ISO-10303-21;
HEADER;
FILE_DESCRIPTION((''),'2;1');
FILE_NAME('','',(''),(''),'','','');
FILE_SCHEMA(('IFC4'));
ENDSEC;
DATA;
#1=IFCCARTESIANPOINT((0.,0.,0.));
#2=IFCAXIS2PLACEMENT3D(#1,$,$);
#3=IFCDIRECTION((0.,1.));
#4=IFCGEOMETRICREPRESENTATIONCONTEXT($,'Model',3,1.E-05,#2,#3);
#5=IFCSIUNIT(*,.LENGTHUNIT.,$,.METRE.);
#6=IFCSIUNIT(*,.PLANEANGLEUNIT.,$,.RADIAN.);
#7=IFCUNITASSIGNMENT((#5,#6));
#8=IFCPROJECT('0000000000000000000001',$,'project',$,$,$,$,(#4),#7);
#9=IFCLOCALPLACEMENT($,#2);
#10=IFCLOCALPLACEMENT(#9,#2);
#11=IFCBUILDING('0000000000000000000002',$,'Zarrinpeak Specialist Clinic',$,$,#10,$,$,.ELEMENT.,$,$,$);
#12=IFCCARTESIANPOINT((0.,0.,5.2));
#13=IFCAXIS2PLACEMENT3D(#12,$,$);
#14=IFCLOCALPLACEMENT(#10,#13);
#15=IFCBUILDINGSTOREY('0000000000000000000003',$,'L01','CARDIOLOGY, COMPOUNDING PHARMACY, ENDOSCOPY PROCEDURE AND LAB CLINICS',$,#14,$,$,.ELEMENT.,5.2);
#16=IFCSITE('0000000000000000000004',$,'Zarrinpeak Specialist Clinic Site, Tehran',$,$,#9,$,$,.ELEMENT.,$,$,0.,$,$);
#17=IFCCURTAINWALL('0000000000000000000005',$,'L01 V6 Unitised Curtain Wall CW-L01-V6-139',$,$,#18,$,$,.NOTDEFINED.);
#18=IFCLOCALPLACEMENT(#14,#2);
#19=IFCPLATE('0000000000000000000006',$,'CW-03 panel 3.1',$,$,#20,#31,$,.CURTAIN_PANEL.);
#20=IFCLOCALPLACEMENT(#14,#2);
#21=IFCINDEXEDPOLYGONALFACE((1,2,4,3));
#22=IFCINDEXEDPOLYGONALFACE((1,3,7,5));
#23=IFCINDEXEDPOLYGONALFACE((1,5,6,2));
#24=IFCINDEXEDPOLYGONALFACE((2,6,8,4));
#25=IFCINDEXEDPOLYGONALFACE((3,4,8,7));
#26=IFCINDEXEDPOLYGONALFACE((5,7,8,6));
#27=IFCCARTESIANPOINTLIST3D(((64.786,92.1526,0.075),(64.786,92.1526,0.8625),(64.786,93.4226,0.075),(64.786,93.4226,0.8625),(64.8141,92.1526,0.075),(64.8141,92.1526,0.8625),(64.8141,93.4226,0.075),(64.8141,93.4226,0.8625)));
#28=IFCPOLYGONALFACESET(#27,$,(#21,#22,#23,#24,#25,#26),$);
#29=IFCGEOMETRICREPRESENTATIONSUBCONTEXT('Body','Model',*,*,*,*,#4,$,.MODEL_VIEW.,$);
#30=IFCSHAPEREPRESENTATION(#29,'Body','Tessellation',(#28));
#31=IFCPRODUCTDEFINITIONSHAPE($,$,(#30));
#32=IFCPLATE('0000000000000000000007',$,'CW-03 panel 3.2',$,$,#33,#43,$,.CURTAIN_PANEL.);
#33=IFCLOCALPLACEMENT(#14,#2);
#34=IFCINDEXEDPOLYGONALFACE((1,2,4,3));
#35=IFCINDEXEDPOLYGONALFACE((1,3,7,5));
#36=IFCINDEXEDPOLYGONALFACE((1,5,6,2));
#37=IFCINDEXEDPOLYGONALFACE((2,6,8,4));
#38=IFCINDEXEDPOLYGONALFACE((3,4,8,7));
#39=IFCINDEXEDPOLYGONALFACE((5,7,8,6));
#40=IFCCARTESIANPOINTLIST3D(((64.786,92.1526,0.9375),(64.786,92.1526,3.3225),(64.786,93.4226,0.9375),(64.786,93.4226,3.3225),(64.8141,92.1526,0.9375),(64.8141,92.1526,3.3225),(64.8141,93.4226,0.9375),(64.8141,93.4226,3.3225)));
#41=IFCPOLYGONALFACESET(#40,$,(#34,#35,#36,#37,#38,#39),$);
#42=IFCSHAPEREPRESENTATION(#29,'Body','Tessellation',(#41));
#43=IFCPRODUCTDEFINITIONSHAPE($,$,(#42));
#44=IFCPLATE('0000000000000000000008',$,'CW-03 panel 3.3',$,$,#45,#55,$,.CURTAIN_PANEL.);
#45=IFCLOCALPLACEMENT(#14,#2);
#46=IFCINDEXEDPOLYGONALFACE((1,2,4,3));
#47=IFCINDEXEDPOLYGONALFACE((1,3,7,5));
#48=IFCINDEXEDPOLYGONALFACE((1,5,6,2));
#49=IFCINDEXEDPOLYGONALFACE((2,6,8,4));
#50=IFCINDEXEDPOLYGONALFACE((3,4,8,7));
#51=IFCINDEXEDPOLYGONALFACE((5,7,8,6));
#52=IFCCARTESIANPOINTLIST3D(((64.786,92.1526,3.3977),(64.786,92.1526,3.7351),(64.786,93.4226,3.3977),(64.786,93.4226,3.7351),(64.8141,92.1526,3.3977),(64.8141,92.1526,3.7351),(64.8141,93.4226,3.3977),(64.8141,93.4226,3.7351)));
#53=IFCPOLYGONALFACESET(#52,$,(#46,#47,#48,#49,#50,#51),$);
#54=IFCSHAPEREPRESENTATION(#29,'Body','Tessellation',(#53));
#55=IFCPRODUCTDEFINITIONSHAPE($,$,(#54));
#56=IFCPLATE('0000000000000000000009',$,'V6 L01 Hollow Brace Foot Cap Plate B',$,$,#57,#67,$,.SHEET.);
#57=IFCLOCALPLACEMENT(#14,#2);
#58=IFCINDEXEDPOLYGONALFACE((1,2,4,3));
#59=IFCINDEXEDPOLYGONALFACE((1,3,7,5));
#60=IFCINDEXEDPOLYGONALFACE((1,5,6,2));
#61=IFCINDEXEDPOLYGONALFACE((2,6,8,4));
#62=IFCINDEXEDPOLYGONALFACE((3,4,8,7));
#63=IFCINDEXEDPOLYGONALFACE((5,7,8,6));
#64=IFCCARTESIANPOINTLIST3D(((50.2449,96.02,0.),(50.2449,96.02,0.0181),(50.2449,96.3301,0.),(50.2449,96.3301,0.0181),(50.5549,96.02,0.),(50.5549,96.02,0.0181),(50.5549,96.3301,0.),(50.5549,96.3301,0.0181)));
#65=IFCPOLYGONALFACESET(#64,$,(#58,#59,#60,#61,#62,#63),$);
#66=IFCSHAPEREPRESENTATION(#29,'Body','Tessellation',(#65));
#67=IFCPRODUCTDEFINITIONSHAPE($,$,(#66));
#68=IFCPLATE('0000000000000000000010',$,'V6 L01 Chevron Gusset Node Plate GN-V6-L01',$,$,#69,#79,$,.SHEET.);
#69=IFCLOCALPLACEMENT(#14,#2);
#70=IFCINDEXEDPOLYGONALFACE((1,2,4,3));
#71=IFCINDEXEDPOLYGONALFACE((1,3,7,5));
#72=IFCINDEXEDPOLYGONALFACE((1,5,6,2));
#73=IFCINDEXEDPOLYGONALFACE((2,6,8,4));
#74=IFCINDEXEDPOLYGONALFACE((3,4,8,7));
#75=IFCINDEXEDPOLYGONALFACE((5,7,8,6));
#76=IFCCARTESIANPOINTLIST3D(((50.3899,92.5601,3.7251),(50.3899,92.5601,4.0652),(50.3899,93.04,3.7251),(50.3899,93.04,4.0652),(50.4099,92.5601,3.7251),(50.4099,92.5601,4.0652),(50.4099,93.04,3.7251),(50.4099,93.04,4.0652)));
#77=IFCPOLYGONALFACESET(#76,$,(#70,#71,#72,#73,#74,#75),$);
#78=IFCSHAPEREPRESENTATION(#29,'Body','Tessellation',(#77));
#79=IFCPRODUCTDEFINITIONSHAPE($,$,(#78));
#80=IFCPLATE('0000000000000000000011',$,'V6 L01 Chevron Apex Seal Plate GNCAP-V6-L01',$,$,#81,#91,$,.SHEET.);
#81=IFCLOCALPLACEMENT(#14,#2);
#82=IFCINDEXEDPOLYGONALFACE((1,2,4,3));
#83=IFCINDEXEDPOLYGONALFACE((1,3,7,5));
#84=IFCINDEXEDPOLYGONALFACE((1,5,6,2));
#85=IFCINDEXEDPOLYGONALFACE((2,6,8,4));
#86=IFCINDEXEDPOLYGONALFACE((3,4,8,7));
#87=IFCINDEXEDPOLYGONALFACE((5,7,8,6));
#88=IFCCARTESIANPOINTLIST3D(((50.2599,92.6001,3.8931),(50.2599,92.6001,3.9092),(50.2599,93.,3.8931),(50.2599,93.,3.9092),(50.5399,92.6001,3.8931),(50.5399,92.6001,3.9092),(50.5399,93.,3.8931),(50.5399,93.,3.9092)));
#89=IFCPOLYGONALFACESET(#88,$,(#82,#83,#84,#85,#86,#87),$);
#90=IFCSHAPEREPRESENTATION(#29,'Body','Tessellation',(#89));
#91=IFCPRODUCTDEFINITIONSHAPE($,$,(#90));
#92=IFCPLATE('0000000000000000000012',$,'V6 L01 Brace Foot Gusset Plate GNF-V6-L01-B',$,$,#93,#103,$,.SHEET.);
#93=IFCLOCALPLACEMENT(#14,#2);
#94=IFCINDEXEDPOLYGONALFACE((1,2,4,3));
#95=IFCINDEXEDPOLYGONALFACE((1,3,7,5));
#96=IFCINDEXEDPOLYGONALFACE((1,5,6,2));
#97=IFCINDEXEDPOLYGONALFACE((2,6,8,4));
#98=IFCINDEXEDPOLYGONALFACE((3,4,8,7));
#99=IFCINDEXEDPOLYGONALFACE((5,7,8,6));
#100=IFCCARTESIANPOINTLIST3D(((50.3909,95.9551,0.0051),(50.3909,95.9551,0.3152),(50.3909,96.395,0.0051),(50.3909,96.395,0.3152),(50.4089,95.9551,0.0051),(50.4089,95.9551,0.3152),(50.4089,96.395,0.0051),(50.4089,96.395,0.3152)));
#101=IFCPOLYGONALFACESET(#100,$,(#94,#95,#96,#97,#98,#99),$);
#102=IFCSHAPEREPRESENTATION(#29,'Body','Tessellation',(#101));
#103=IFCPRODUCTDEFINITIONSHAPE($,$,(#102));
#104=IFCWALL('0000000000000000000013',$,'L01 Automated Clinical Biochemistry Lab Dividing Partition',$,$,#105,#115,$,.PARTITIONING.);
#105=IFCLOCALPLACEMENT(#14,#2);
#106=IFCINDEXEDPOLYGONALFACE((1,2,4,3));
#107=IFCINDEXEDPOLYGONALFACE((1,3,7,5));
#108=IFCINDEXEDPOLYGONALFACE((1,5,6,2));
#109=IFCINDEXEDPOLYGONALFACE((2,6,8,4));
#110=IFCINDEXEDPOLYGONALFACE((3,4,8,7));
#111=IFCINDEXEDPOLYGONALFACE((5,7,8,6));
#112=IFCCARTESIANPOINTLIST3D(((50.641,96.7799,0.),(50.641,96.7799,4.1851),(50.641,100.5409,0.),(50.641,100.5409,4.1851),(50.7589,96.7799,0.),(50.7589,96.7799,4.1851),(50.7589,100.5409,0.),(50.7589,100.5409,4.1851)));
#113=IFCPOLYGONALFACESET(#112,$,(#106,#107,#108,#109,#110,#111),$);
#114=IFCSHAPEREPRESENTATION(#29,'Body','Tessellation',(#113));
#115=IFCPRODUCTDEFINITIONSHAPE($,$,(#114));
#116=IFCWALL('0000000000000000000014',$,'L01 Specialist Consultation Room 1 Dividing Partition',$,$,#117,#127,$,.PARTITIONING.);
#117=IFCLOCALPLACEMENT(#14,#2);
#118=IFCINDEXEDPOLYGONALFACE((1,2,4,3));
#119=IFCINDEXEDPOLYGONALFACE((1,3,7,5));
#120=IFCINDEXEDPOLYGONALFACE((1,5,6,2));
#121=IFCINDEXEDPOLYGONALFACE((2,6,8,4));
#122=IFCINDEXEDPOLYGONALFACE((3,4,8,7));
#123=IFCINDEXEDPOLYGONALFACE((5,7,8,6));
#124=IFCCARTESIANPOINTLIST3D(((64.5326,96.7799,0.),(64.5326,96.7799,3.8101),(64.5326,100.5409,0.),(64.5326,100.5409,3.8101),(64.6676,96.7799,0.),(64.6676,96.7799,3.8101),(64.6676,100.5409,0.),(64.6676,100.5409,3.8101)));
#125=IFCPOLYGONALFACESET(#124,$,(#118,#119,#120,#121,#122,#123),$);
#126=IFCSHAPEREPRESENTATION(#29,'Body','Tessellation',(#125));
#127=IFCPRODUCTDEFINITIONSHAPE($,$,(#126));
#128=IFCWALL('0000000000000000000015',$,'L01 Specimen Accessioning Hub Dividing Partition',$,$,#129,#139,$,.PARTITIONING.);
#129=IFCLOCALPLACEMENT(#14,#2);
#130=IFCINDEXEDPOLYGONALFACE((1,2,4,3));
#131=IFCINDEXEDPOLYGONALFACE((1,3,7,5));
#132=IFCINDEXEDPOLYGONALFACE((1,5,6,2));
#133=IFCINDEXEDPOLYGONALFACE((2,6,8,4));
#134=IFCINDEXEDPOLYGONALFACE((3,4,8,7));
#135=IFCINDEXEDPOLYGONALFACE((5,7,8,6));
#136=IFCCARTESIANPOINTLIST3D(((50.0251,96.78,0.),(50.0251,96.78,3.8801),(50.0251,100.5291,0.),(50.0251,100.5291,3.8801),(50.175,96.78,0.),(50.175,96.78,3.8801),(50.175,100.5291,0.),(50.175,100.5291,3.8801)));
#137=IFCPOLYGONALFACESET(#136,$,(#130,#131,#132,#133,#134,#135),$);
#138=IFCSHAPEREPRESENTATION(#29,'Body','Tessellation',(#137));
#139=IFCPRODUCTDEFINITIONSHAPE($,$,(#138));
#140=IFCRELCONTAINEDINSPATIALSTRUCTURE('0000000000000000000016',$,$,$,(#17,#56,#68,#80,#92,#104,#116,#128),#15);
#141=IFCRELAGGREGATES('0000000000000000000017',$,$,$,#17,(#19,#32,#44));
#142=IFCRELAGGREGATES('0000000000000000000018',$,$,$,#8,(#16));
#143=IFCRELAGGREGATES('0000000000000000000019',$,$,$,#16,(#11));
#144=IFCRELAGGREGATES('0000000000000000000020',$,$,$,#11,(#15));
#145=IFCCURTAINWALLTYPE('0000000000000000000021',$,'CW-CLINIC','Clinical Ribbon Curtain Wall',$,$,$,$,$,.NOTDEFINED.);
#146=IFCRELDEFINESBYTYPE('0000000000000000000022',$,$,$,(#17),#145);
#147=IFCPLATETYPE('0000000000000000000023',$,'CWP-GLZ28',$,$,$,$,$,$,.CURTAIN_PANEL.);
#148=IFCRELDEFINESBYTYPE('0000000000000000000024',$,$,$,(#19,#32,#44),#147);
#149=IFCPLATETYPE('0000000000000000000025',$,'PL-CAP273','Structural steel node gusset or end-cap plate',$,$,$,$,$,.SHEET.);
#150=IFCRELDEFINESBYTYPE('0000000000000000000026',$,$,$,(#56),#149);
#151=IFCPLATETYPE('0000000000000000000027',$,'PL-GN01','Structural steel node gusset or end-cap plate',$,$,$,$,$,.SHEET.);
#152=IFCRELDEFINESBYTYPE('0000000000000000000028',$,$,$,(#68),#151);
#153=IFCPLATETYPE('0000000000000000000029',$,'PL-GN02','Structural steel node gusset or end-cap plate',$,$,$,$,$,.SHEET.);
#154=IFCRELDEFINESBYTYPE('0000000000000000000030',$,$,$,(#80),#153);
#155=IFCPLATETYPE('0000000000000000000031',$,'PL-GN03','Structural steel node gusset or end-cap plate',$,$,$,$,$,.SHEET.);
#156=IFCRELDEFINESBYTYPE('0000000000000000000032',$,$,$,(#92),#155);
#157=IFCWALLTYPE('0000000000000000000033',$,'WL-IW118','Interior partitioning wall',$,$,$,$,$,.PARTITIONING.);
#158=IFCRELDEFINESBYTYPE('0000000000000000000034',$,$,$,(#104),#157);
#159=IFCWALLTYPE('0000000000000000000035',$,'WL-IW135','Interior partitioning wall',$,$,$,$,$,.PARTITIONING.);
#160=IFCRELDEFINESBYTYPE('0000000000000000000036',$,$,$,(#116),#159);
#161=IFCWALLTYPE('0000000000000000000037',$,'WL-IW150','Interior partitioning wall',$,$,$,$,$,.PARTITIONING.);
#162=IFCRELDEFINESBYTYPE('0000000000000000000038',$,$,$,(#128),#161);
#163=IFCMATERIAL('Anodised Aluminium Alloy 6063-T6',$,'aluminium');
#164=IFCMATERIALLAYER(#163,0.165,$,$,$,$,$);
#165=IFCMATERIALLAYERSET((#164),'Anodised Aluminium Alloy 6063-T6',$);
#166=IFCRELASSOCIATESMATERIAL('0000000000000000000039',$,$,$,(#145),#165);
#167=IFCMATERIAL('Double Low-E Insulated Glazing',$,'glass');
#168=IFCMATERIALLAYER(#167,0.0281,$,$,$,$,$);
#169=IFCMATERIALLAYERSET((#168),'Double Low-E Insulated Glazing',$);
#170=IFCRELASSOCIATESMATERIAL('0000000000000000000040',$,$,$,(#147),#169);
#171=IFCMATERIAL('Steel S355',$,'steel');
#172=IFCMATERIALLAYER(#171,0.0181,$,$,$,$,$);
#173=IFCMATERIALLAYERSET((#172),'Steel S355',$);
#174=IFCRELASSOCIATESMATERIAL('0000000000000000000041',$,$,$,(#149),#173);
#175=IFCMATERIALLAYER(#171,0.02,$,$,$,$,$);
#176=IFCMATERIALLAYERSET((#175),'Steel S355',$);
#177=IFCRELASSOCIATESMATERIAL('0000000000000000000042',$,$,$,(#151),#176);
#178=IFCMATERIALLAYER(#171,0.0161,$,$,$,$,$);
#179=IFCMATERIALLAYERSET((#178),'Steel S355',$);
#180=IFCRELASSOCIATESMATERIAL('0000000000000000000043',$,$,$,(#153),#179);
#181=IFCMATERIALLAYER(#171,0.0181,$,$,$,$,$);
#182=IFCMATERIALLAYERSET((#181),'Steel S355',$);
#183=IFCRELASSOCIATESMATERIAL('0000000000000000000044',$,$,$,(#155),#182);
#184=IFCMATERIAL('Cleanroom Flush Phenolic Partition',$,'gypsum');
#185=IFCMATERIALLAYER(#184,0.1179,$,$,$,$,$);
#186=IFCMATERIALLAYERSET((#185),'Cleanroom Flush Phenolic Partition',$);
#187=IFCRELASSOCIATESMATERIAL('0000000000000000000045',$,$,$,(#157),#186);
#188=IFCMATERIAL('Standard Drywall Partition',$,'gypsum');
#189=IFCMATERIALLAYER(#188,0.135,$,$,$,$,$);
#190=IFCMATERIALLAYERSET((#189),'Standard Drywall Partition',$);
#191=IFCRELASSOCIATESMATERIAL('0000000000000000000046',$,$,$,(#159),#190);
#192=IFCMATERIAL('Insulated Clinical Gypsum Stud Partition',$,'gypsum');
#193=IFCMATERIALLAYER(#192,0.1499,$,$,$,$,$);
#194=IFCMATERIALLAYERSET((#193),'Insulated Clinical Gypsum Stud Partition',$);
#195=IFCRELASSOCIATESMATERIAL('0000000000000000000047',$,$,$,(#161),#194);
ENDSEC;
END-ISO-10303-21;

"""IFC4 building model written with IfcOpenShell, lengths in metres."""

from ifc_helpers import new_model, si_unit, direction, frame, frame_2d, origin, origin_2d, place, context, subcontext, project, spatial, rectangle, extrude, material, layer, layer_set, type_object, element, aggregate, save


model = new_model("IFC4")

# Units and contexts
model_context = context("Model", 3, precision=1e-05, world=origin(), true_north=direction((0.0, 1.0)))
body_context = subcontext(model_context, "Body", "Model", "MODEL_VIEW")
ifc_project = project(units=[si_unit("LENGTHUNIT", "METRE"), si_unit("PLANEANGLEUNIT", "RADIAN")], contexts=[model_context])

# Site, building, storey
site_placement = place(None, origin())
site = spatial("IfcSite", under=ifc_project, at=site_placement, Name="Zarrinpeak Specialist Clinic Site, Tehran", CompositionType="ELEMENT", RefElevation=0.0)
building_placement = place(site_placement, origin())
building = spatial("IfcBuilding", under=site, at=building_placement, Name="Zarrinpeak Specialist Clinic", CompositionType="ELEMENT")
storey_placement = place(building_placement, frame((0.0, 0.0, 5.2)))
storey = spatial("IfcBuildingStorey", under=building, at=storey_placement, Name="L01", Description="CARDIOLOGY, COMPOUNDING PHARMACY, ENDOSCOPY PROCEDURE AND LAB CLINICS", CompositionType="ELEMENT", Elevation=5.2)

# Shared definitions
ifc_material_1 = material(Name="Steel S355", Category="steel")

# Curtain wall
ifc_material_2 = material(Name="Anodised Aluminium Alloy 6063-T6", Category="aluminium")
ifc_layer_1 = layer(ifc_material_2, 0.165)
ifc_layer_set_1 = layer_set([ifc_layer_1], Name="Anodised Aluminium Alloy 6063-T6")
curtain_wall_type = type_object("IfcCurtainWallType", Name="CW-CLINIC", Description="Clinical Ribbon Curtain Wall", PredefinedType="NOTDEFINED", material=ifc_layer_set_1)
curtain_wall_placement = place(storey_placement, origin())
curtain_wall = element("IfcCurtainWall", 1, at=curtain_wall_placement, inside=storey, type_object=curtain_wall_type, Name="L01 V6 Unitised Curtain Wall CW-L01-V6-139", PredefinedType="NOTDEFINED")

# Plates
ifc_material_3 = material(Name="Double Low-E Insulated Glazing", Category="glass")
ifc_layer_2 = layer(ifc_material_3, 0.0281)
ifc_layer_set_2 = layer_set([ifc_layer_2], Name="Double Low-E Insulated Glazing")
plate_type_1 = type_object("IfcPlateType", Name="CWP-GLZ28", PredefinedType="CURTAIN_PANEL", material=ifc_layer_set_2)
plate_1_placement = place(storey_placement, frame((64.8, 92.7876, 0.075), z_axis=(0.0, 0.0, 1.0), x_axis=(0.0, 1.0, 0.0)))
plate_1 = element("IfcPlate", 2, at=plate_1_placement, type_object=plate_type_1, Name="CW-03 panel 3.1", PredefinedType="CURTAIN_PANEL", context=body_context, shape_type="SweptSolid", body=[
    extrude(rectangle(XDim=1.27, YDim=0.0281, at=origin_2d()), origin(), (0.0, 0.0, 1.0), 0.7876),
])
plate_2_placement = place(storey_placement, frame((64.8, 92.7876, 0.9375), z_axis=(0.0, 0.0, 1.0), x_axis=(0.0, 1.0, 0.0)))
plate_2 = element("IfcPlate", 3, at=plate_2_placement, type_object=plate_type_1, Name="CW-03 panel 3.2", PredefinedType="CURTAIN_PANEL", context=body_context, shape_type="SweptSolid", body=[
    extrude(rectangle(XDim=1.27, YDim=0.0281, at=origin_2d()), origin(), (0.0, 0.0, 1.0), 2.385),
])
plate_3_placement = place(storey_placement, frame((64.8, 92.7876, 3.3977), z_axis=(0.0, 0.0, 1.0), x_axis=(0.0, 1.0, 0.0)))
plate_3 = element("IfcPlate", 4, at=plate_3_placement, type_object=plate_type_1, Name="CW-03 panel 3.3", PredefinedType="CURTAIN_PANEL", context=body_context, shape_type="SweptSolid", body=[
    extrude(rectangle(XDim=1.27, YDim=0.0281, at=origin_2d()), origin(), (0.0, 0.0, 1.0), 0.3374),
])
aggregate(curtain_wall, [plate_1, plate_2, plate_3])

# Plates
ifc_layer_3 = layer(ifc_material_1, 0.0181)
ifc_layer_set_3 = layer_set([ifc_layer_3], Name="Steel S355")
plate_type_2 = type_object("IfcPlateType", Name="PL-CAP273", Description="Structural steel node gusset or end-cap plate", PredefinedType="SHEET", material=ifc_layer_set_3)
plate_4_placement = place(storey_placement, frame((50.3999, 96.175, 0.0), z_axis=(0.0, 0.0, 1.0), x_axis=(1.0, 0.0, 0.0)))
element("IfcPlate", 5, at=plate_4_placement, inside=storey, type_object=plate_type_2, Name="V6 L01 Hollow Brace Foot Cap Plate B", PredefinedType="SHEET", context=body_context, shape_type="SweptSolid", body=[
    extrude(rectangle(XDim=0.3101, YDim=0.3101, at=origin_2d()), origin(), (0.0, 0.0, 1.0), 0.0181),
])
ifc_layer_4 = layer(ifc_material_1, 0.02)
ifc_layer_set_4 = layer_set([ifc_layer_4], Name="Steel S355")
plate_type_3 = type_object("IfcPlateType", Name="PL-GN01", Description="Structural steel node gusset or end-cap plate", PredefinedType="SHEET", material=ifc_layer_set_4)
plate_5_placement = place(storey_placement, frame((50.3999, 92.8, 3.7251), z_axis=(0.0, 0.0, 1.0), x_axis=(1.0, 0.0, 0.0)))
element("IfcPlate", 6, at=plate_5_placement, inside=storey, type_object=plate_type_3, Name="V6 L01 Chevron Gusset Node Plate GN-V6-L01", PredefinedType="SHEET", context=body_context, shape_type="SweptSolid", body=[
    extrude(rectangle(XDim=0.02, YDim=0.48, at=origin_2d()), origin(), (0.0, 0.0, 1.0), 0.3401),
])
ifc_layer_5 = layer(ifc_material_1, 0.0161)
ifc_layer_set_5 = layer_set([ifc_layer_5], Name="Steel S355")
plate_type_4 = type_object("IfcPlateType", Name="PL-GN02", Description="Structural steel node gusset or end-cap plate", PredefinedType="SHEET", material=ifc_layer_set_5)
plate_6_placement = place(storey_placement, frame((50.3999, 92.8, 3.8931), z_axis=(0.0, 0.0, 1.0), x_axis=(1.0, 0.0, 0.0)))
element("IfcPlate", 7, at=plate_6_placement, inside=storey, type_object=plate_type_4, Name="V6 L01 Chevron Apex Seal Plate GNCAP-V6-L01", PredefinedType="SHEET", context=body_context, shape_type="SweptSolid", body=[
    extrude(rectangle(XDim=0.28, YDim=0.3999, at=origin_2d()), origin(), (0.0, 0.0, 1.0), 0.0161),
])
ifc_layer_6 = layer(ifc_material_1, 0.0181)
ifc_layer_set_6 = layer_set([ifc_layer_6], Name="Steel S355")
plate_type_5 = type_object("IfcPlateType", Name="PL-GN03", Description="Structural steel node gusset or end-cap plate", PredefinedType="SHEET", material=ifc_layer_set_6)
plate_7_placement = place(storey_placement, frame((50.3999, 96.175, 0.0051), z_axis=(0.0, 0.0, 1.0), x_axis=(1.0, 0.0, 0.0)))
element("IfcPlate", 8, at=plate_7_placement, inside=storey, type_object=plate_type_5, Name="V6 L01 Brace Foot Gusset Plate GNF-V6-L01-B", PredefinedType="SHEET", context=body_context, shape_type="SweptSolid", body=[
    extrude(rectangle(XDim=0.0181, YDim=0.4399, at=origin_2d()), origin(), (0.0, 0.0, 1.0), 0.3101),
])

# Walls
ifc_material_4 = material(Name="Cleanroom Flush Phenolic Partition", Category="gypsum")
ifc_layer_7 = layer(ifc_material_4, 0.1179)
ifc_layer_set_7 = layer_set([ifc_layer_7], Name="Cleanroom Flush Phenolic Partition")
wall_type_1 = type_object("IfcWallType", Name="WL-IW118", Description="Interior partitioning wall", PredefinedType="PARTITIONING", material=ifc_layer_set_7)
wall_1_placement = place(storey_placement, frame((50.7, 96.78, 0.0), z_axis=(0.0, 0.0, 1.0), x_axis=(0.0, 1.0, 0.0)))
element("IfcWall", 9, at=wall_1_placement, inside=storey, type_object=wall_type_1, Name="L01 Automated Clinical Biochemistry Lab Dividing Partition", PredefinedType="PARTITIONING", context=body_context, shape_type="SweptSolid", body=[
    extrude(rectangle(XDim=3.761, YDim=0.1179, at=frame_2d((1.8804, 0.0))), origin(), (0.0, 0.0, 1.0), 4.1851),
])
ifc_material_5 = material(Name="Standard Drywall Partition", Category="gypsum")
ifc_layer_8 = layer(ifc_material_5, 0.135)
ifc_layer_set_8 = layer_set([ifc_layer_8], Name="Standard Drywall Partition")
wall_type_2 = type_object("IfcWallType", Name="WL-IW135", Description="Interior partitioning wall", PredefinedType="PARTITIONING", material=ifc_layer_set_8)
wall_2_placement = place(storey_placement, frame((64.6001, 96.78, 0.0), z_axis=(0.0, 0.0, 1.0), x_axis=(0.0, 1.0, 0.0)))
element("IfcWall", 10, at=wall_2_placement, inside=storey, type_object=wall_type_2, Name="L01 Specialist Consultation Room 1 Dividing Partition", PredefinedType="PARTITIONING", context=body_context, shape_type="SweptSolid", body=[
    extrude(rectangle(XDim=3.761, YDim=0.135, at=frame_2d((1.8804, 0.0))), origin(), (0.0, 0.0, 1.0), 3.8101),
])
ifc_material_6 = material(Name="Insulated Clinical Gypsum Stud Partition", Category="gypsum")
ifc_layer_9 = layer(ifc_material_6, 0.1499)
ifc_layer_set_9 = layer_set([ifc_layer_9], Name="Insulated Clinical Gypsum Stud Partition")
wall_type_3 = type_object("IfcWallType", Name="WL-IW150", Description="Interior partitioning wall", PredefinedType="PARTITIONING", material=ifc_layer_set_9)
wall_3_placement = place(storey_placement, frame((50.1001, 96.78, 0.0), z_axis=(0.0, 0.0, 1.0), x_axis=(0.0, 1.0, 0.0)))
element("IfcWall", 11, at=wall_3_placement, inside=storey, type_object=wall_type_3, Name="L01 Specimen Accessioning Hub Dividing Partition", PredefinedType="PARTITIONING", context=body_context, shape_type="SweptSolid", body=[
    extrude(rectangle(XDim=3.749, YDim=0.1499, at=frame_2d((1.8745, 0.0))), origin(), (0.0, 0.0, 1.0), 3.8801),
])

save(model, "model.ifc")
